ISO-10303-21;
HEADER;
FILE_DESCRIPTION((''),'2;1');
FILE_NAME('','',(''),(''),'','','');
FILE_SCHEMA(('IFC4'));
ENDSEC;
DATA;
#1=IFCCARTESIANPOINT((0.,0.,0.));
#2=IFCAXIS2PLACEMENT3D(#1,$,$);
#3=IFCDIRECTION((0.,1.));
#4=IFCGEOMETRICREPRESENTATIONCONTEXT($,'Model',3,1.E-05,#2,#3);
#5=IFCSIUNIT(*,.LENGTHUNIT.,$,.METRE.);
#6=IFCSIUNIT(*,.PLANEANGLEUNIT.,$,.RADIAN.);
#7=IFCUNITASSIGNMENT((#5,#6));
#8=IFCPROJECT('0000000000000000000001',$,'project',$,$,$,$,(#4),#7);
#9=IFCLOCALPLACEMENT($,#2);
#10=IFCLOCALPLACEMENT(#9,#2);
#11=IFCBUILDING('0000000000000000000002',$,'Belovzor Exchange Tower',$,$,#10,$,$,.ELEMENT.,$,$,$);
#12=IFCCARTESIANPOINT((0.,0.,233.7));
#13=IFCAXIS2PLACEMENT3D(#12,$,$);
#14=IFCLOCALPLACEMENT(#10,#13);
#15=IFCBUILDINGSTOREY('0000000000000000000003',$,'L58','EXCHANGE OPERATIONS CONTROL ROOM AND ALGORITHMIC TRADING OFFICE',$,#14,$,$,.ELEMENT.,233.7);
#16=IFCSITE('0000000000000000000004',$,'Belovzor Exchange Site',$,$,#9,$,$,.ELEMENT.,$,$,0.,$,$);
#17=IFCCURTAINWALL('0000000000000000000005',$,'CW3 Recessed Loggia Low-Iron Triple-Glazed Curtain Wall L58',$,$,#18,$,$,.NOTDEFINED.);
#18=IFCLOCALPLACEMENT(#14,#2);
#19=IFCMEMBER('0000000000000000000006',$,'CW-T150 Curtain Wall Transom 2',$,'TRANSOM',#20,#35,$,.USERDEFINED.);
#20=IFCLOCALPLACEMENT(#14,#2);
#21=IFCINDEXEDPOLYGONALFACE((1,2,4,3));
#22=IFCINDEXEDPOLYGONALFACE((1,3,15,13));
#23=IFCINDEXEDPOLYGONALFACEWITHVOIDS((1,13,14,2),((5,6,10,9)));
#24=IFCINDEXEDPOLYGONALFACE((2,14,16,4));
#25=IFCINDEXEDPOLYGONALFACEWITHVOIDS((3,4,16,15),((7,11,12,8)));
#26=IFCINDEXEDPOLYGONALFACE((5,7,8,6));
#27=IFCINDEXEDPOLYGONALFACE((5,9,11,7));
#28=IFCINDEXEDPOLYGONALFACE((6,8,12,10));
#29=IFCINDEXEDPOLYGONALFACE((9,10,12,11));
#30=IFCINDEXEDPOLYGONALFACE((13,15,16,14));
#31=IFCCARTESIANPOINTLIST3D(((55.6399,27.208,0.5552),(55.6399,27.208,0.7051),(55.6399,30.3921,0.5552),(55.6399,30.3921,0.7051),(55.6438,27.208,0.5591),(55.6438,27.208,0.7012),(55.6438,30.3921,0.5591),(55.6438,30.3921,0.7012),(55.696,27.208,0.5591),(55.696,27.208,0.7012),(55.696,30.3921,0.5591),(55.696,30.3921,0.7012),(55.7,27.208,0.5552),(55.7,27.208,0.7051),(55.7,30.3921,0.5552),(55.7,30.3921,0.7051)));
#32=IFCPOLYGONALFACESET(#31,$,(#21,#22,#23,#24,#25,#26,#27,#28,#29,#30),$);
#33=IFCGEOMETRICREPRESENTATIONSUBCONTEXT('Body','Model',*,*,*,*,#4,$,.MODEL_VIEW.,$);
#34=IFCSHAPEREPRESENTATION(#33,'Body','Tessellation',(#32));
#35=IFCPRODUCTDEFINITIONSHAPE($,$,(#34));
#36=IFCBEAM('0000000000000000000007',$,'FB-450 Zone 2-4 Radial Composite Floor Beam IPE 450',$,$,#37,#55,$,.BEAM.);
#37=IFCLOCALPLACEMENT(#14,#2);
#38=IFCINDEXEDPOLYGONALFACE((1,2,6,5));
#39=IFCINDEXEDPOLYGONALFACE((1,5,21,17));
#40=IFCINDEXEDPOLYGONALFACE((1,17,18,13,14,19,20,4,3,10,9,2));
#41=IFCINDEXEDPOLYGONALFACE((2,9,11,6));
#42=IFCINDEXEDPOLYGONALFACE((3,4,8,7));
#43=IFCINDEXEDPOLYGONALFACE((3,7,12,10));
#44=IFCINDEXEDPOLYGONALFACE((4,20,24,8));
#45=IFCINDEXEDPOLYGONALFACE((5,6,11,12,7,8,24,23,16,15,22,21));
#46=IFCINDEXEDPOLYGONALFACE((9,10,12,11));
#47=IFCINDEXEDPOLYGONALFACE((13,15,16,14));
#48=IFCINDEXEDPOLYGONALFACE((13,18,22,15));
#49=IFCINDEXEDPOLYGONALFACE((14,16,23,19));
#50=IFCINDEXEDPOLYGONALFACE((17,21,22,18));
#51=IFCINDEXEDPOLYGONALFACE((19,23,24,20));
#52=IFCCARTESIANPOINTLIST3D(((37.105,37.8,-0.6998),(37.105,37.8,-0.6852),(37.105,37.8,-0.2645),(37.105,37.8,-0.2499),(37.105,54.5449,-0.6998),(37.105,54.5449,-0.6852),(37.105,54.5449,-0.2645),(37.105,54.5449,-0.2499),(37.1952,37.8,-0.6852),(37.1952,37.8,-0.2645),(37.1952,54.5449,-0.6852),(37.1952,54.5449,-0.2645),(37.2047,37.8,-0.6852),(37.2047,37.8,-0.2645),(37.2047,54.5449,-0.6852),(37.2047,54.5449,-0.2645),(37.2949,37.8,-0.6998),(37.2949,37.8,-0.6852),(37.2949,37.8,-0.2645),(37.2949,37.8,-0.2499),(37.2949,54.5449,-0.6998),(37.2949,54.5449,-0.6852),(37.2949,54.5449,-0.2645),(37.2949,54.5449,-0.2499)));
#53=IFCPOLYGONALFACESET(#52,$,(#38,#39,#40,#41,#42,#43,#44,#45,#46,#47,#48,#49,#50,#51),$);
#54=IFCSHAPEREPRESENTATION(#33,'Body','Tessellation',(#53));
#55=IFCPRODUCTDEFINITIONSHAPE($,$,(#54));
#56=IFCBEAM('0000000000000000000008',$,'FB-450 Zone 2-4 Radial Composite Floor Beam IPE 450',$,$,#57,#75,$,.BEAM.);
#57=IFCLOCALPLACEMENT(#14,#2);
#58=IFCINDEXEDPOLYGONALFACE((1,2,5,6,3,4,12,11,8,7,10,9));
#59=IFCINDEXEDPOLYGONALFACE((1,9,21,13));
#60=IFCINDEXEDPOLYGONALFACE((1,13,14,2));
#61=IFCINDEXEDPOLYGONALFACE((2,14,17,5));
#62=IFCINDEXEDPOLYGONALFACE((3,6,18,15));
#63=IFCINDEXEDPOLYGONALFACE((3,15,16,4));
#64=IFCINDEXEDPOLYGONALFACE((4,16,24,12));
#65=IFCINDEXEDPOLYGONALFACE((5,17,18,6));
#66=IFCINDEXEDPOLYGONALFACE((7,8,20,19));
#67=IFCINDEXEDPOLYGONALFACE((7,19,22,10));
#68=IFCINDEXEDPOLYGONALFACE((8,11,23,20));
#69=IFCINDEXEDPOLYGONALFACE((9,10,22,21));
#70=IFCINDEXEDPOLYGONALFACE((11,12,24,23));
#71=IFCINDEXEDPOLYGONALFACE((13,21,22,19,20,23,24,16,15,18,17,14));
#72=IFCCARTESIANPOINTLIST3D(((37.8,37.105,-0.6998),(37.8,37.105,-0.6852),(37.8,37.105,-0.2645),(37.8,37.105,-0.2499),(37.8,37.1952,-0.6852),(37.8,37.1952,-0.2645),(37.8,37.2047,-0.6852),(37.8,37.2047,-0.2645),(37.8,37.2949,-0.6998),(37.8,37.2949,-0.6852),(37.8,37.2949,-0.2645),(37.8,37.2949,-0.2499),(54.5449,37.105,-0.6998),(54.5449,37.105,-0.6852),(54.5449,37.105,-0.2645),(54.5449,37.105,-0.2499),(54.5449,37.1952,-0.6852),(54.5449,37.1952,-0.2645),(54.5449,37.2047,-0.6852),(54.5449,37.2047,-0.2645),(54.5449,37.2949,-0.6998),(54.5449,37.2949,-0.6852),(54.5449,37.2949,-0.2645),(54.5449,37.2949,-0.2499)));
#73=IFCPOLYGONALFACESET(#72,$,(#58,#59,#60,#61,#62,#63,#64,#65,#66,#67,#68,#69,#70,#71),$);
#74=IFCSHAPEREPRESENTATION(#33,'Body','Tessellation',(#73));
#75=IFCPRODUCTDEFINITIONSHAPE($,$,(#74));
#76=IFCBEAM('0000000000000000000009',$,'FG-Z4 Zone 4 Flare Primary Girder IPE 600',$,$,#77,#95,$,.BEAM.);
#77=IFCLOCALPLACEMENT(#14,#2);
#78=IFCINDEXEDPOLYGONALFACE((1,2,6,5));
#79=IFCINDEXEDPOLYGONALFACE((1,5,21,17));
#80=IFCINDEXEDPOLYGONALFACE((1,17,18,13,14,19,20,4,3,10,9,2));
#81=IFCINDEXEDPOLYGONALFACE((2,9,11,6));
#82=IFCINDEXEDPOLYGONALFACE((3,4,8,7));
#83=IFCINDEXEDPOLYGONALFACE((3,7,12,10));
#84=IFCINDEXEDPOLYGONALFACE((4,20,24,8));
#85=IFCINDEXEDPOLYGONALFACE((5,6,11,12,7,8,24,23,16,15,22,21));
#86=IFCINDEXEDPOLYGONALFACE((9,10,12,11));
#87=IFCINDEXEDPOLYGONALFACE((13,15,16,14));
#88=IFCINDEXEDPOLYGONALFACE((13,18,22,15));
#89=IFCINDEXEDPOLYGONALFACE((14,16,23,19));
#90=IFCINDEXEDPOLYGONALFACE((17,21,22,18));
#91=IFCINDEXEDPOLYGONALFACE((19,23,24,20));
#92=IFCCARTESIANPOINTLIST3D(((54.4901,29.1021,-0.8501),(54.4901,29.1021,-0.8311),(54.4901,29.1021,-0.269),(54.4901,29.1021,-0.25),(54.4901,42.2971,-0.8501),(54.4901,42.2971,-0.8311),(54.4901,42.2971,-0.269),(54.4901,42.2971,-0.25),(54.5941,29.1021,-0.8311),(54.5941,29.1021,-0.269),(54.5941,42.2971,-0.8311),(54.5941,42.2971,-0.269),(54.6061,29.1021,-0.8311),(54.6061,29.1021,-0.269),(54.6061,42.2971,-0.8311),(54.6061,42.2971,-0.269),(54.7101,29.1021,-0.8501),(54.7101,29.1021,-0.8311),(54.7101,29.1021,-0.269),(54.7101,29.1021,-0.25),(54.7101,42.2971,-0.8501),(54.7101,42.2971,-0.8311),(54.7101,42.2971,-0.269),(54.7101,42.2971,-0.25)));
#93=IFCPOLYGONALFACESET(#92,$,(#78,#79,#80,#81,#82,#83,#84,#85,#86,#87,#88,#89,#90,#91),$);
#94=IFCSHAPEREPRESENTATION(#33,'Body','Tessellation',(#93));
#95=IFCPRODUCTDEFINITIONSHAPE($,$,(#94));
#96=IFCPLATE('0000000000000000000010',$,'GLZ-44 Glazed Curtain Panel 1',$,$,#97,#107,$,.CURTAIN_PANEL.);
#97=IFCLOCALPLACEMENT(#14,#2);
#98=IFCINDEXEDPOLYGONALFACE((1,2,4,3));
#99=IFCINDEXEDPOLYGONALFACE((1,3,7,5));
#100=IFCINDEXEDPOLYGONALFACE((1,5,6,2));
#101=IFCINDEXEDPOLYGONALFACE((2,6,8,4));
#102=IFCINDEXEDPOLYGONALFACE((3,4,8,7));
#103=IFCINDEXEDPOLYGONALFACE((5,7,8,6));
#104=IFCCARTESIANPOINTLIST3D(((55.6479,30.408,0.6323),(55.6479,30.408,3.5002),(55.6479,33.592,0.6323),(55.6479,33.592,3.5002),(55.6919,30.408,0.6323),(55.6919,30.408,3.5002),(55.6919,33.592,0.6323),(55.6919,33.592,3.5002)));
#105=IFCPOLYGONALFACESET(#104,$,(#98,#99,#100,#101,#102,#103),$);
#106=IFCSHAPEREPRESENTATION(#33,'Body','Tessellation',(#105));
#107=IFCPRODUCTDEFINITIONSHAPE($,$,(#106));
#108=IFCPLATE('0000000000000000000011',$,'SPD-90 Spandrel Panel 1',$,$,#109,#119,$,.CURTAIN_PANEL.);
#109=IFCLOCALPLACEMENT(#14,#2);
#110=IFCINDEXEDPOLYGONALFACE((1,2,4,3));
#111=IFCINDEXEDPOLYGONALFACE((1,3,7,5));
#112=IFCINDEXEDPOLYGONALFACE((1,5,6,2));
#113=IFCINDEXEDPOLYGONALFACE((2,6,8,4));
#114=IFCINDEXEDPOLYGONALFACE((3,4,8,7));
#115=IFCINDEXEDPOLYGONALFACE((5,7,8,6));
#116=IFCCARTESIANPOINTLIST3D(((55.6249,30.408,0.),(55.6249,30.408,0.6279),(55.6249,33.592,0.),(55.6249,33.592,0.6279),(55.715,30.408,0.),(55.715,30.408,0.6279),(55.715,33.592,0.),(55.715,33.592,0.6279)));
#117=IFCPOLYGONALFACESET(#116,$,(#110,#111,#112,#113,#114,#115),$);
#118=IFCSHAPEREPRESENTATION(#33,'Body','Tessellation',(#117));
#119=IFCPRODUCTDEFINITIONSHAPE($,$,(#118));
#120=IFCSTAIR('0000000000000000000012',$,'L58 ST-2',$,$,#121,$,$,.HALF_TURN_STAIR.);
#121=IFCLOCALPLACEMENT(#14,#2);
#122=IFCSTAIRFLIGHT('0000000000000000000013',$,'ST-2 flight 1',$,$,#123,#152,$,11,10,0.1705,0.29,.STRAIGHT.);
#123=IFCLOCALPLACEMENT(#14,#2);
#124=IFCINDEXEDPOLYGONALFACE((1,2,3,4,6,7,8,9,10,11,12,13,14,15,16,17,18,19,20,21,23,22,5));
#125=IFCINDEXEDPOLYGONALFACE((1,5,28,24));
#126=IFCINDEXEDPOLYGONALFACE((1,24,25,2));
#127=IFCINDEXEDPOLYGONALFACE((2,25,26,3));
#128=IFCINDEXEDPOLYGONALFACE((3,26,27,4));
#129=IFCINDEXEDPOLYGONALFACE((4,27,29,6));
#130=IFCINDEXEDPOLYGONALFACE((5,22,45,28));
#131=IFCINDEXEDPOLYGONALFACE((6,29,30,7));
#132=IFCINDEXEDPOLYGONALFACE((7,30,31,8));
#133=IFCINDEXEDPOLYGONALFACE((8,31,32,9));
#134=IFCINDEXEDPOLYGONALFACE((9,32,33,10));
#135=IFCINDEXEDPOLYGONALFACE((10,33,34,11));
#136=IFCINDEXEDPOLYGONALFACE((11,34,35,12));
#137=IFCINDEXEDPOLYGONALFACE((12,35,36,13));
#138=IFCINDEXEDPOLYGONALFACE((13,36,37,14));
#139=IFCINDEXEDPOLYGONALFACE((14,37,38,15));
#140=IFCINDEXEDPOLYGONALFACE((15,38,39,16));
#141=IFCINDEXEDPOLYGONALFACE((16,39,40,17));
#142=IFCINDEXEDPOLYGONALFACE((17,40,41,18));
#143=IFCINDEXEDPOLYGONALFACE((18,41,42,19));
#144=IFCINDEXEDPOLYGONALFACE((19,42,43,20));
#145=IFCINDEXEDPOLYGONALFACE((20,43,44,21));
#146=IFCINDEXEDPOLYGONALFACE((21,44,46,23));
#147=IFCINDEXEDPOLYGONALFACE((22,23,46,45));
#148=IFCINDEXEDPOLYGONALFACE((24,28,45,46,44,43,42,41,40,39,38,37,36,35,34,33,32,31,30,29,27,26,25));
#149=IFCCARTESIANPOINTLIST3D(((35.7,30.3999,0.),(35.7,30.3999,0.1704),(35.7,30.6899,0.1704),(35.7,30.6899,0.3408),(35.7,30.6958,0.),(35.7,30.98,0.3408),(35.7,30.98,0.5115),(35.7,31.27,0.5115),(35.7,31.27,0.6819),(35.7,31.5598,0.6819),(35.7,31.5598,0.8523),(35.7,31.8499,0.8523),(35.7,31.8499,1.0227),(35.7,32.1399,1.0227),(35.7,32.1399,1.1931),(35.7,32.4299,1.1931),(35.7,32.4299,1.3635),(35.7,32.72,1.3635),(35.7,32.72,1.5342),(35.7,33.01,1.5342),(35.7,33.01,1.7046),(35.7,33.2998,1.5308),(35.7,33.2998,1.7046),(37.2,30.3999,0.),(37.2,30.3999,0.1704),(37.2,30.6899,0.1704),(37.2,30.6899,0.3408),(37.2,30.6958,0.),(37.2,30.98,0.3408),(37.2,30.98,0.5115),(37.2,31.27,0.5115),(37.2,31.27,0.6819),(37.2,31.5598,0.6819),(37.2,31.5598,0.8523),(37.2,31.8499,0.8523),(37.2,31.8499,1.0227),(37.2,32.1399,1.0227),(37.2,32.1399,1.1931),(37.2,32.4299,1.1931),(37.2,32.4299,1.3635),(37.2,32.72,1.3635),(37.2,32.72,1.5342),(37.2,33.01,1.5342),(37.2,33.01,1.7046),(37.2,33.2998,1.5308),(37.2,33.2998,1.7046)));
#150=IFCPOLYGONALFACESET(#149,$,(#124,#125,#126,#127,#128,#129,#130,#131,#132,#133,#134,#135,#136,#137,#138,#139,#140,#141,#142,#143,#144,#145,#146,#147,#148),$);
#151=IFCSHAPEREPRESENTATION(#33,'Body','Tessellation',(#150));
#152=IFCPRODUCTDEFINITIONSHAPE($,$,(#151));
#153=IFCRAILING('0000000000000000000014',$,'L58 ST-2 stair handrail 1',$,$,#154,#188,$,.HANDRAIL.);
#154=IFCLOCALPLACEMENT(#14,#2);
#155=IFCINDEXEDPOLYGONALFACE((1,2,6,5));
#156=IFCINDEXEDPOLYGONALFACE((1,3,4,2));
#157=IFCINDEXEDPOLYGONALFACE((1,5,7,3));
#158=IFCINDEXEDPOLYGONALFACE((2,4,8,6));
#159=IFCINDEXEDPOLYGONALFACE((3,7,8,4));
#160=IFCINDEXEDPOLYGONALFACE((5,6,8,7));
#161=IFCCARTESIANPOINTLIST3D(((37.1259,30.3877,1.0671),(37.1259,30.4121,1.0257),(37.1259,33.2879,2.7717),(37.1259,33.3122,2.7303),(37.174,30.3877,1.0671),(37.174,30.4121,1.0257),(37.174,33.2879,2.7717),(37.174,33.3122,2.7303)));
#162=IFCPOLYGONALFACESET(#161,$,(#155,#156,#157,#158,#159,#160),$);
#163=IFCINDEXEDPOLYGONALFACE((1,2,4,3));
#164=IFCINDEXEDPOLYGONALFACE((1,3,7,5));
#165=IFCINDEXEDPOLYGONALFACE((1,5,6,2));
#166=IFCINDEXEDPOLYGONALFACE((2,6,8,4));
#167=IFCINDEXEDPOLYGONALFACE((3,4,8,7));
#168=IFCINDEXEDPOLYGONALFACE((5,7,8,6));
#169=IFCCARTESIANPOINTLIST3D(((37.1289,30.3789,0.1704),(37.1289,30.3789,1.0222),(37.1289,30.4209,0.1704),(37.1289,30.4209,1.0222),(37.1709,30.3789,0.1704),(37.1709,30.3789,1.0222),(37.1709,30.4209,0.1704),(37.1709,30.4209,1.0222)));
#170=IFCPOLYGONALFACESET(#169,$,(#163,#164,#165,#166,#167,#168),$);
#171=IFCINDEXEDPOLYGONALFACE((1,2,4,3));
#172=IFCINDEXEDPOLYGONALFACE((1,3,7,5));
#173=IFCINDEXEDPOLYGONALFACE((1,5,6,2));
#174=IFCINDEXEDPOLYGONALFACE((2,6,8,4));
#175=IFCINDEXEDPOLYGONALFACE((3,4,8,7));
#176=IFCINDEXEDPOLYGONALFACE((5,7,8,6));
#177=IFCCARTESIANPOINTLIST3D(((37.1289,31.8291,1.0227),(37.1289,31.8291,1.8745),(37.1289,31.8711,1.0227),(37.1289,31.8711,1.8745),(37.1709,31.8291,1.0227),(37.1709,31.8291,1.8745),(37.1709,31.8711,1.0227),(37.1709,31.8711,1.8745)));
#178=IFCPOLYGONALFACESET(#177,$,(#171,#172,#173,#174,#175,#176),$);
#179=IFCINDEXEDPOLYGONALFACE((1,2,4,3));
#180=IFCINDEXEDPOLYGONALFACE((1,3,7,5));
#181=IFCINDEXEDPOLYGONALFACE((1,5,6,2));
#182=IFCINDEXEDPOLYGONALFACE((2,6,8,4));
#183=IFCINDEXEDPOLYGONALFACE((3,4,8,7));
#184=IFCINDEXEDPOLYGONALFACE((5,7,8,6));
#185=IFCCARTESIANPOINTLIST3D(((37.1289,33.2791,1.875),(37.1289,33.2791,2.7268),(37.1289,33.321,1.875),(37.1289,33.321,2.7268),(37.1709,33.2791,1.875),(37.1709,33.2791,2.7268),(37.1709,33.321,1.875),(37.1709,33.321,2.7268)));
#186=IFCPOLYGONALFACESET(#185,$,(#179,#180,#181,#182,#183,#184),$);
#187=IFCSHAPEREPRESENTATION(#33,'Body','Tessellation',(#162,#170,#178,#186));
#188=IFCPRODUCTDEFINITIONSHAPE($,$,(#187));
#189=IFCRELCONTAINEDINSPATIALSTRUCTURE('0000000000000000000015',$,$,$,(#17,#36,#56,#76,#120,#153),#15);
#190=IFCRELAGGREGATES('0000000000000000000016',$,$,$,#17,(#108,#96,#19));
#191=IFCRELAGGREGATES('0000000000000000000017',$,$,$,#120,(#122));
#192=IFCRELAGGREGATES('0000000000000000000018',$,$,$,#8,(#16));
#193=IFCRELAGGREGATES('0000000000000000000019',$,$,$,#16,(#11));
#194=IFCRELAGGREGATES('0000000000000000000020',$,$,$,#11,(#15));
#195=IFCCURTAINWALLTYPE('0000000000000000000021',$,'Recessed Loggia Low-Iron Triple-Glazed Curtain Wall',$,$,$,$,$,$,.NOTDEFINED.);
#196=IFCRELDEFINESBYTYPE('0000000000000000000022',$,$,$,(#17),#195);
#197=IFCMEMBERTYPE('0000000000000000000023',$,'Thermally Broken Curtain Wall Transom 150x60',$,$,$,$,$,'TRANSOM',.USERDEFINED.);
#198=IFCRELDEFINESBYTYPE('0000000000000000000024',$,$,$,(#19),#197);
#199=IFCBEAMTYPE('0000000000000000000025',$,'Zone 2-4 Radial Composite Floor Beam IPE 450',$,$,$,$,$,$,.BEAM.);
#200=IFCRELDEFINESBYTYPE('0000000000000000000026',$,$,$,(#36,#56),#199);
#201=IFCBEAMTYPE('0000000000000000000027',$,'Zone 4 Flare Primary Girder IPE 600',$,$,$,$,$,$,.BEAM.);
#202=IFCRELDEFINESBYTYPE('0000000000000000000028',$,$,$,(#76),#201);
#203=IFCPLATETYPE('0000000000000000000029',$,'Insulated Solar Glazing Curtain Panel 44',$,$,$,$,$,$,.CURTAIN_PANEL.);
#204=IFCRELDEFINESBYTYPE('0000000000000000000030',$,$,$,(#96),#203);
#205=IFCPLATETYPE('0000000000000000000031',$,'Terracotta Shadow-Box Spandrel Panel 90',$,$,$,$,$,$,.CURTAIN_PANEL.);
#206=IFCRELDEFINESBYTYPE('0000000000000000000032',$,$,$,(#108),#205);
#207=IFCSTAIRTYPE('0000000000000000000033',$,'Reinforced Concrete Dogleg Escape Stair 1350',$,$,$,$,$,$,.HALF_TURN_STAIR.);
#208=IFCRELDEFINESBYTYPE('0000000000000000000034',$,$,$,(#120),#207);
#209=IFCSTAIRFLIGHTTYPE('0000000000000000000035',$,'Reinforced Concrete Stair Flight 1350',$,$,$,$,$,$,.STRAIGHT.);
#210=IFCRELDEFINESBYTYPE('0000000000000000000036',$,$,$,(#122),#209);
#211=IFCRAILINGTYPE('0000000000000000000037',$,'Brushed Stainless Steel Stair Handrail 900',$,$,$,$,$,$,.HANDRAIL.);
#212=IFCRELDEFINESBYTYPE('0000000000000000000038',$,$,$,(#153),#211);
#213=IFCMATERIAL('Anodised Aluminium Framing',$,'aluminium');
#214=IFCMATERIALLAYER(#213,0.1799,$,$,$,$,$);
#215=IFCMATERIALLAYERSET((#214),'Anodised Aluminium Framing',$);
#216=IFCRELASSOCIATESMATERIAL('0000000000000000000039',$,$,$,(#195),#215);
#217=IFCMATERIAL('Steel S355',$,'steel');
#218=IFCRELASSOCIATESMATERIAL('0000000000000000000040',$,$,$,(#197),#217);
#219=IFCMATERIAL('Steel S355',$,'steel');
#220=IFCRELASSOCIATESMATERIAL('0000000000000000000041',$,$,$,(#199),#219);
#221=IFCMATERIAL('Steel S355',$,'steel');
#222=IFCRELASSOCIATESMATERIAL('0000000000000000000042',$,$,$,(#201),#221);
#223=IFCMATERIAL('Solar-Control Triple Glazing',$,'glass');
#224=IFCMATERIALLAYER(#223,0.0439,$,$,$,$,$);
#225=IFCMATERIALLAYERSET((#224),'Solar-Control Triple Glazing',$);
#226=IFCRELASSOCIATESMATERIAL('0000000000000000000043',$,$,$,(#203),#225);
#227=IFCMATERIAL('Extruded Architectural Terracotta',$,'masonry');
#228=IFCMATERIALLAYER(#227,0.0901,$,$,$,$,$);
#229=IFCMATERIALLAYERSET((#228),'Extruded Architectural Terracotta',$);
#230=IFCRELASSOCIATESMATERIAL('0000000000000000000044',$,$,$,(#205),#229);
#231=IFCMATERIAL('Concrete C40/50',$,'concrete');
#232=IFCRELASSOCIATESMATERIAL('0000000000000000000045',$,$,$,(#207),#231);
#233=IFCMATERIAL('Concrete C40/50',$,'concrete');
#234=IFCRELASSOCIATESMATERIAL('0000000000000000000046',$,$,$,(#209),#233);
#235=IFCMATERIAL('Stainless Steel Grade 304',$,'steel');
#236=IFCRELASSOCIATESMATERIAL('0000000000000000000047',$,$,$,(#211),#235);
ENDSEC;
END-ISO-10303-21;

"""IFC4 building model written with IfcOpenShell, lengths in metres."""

from ifc_helpers import new_model, si_unit, direction, frame, origin, origin_2d, place, context, subcontext, project, spatial, polyline, rectangle, hollow_rectangle, i_section, outline, extrude, material, layer, layer_set, material_profile, profile_set, type_object, element, aggregate, save


model = new_model("IFC4")

# Units and contexts
model_context = context("Model", 3, precision=1e-05, world=origin(), true_north=direction((0.0, 1.0)))
body_context = subcontext(model_context, "Body", "Model", "MODEL_VIEW")
ifc_project = project(units=[si_unit("LENGTHUNIT", "METRE"), si_unit("PLANEANGLEUNIT", "RADIAN")], contexts=[model_context])

# Site, building, storey
site_placement = place(None, origin())
site = spatial("IfcSite", under=ifc_project, at=site_placement, Name="Belovzor Exchange Site", CompositionType="ELEMENT", RefElevation=0.0)
building_placement = place(site_placement, origin())
building = spatial("IfcBuilding", under=site, at=building_placement, Name="Belovzor Exchange Tower", CompositionType="ELEMENT")
storey_placement = place(building_placement, frame((0.0, 0.0, 233.7)))
storey = spatial("IfcBuildingStorey", under=building, at=storey_placement, Name="L58", Description="EXCHANGE OPERATIONS CONTROL ROOM AND ALGORITHMIC TRADING OFFICE", CompositionType="ELEMENT", Elevation=233.7)

# Curtain wall, member
ifc_material_1 = material(Name="Anodised Aluminium Framing", Category="aluminium")
ifc_layer_1 = layer(ifc_material_1, 0.1799)
ifc_layer_set_1 = layer_set([ifc_layer_1], Name="Anodised Aluminium Framing")
curtain_wall_type = type_object("IfcCurtainWallType", Name="Recessed Loggia Low-Iron Triple-Glazed Curtain Wall", PredefinedType="NOTDEFINED", material=ifc_layer_set_1)
curtain_wall_placement = place(storey_placement, origin())
curtain_wall = element("IfcCurtainWall", 1, at=curtain_wall_placement, inside=storey, type_object=curtain_wall_type, Name="CW3 Recessed Loggia Low-Iron Triple-Glazed Curtain Wall L58", PredefinedType="NOTDEFINED")
ifc_material_2 = material(Name="Steel S355", Category="steel")
ifc_material_profile_1 = material_profile(ifc_material_2, hollow_rectangle(XDim=0.0601, YDim=0.1499, WallThickness=0.0039, at=origin_2d()))
ifc_profile_set_1 = profile_set([ifc_material_profile_1], Name="Steel S355")
member_type_1 = type_object("IfcMemberType", Name="Thermally Broken Curtain Wall Transom 150x60", ElementType="TRANSOM", PredefinedType="USERDEFINED", material=ifc_profile_set_1)
member_1_placement = place(storey_placement, frame((55.6699, 30.3921, 0.6301), z_axis=(0.0, -1.0, 0.0), x_axis=(1.0, 0.0, 0.0)))
member_1 = element("IfcMember", 2, at=member_1_placement, type_object=member_type_1, Name="CW-T150 Curtain Wall Transom 2", ObjectType="TRANSOM", PredefinedType="USERDEFINED", context=body_context, shape_type="SweptSolid", body=[
    extrude(hollow_rectangle(XDim=0.0601, YDim=0.1499, WallThickness=0.0039, at=origin_2d()), origin(), (0.0, 0.0, 1.0), 3.1841),
])

# Beams
ifc_material_3 = material(Name="Steel S355", Category="steel")
ifc_material_profile_2 = material_profile(ifc_material_3, i_section(OverallWidth=0.1899, OverallDepth=0.45, WebThickness=0.0095, FlangeThickness=0.0146, at=origin_2d()))
ifc_profile_set_2 = profile_set([ifc_material_profile_2], Name="Steel S355")
beam_type_1 = type_object("IfcBeamType", Name="Zone 2-4 Radial Composite Floor Beam IPE 450", PredefinedType="BEAM", material=ifc_profile_set_2)
for number, where, z_axis, x_axis, name in (
    (3, (37.2, 37.8, -0.4749), (0.0, 1.0, 0.0), (-1.0, 0.0, 0.0), "FB-450 Zone 2-4 Radial Composite Floor Beam IPE 450"),
    (4, (37.8, 37.2, -0.4749), (1.0, 0.0, 0.0), (0.0, 1.0, 0.0), "FB-450 Zone 2-4 Radial Composite Floor Beam IPE 450"),
):
    element("IfcBeam", number, at=place(storey_placement, frame(where, z_axis=z_axis, x_axis=x_axis)), inside=storey, type_object=beam_type_1, Name=name, PredefinedType="BEAM", context=body_context, shape_type="SweptSolid", body=[
        extrude(i_section(OverallWidth=0.1899, OverallDepth=0.45, WebThickness=0.0095, FlangeThickness=0.0146, at=origin_2d()), origin(), (0.0, 0.0, 1.0), 16.7449),
    ])
ifc_material_4 = material(Name="Steel S355", Category="steel")
ifc_material_profile_3 = material_profile(ifc_material_4, i_section(OverallWidth=0.22, OverallDepth=0.6001, WebThickness=0.012, FlangeThickness=0.019, at=origin_2d()))
ifc_profile_set_3 = profile_set([ifc_material_profile_3], Name="Steel S355")
beam_type_2 = type_object("IfcBeamType", Name="Zone 4 Flare Primary Girder IPE 600", PredefinedType="BEAM", material=ifc_profile_set_3)
beam_1_placement = place(storey_placement, frame((54.6001, 29.1021, -0.55), z_axis=(0.0, 1.0, 0.0), x_axis=(-1.0, 0.0, 0.0)))
element("IfcBeam", 5, at=beam_1_placement, inside=storey, type_object=beam_type_2, Name="FG-Z4 Zone 4 Flare Primary Girder IPE 600", PredefinedType="BEAM", context=body_context, shape_type="SweptSolid", body=[
    extrude(i_section(OverallWidth=0.22, OverallDepth=0.6001, WebThickness=0.012, FlangeThickness=0.019, at=origin_2d()), origin(), (0.0, 0.0, 1.0), 13.1951),
])

# Plates
ifc_material_5 = material(Name="Solar-Control Triple Glazing", Category="glass")
ifc_layer_2 = layer(ifc_material_5, 0.0439)
ifc_layer_set_2 = layer_set([ifc_layer_2], Name="Solar-Control Triple Glazing")
plate_type_1 = type_object("IfcPlateType", Name="Insulated Solar Glazing Curtain Panel 44", PredefinedType="CURTAIN_PANEL", material=ifc_layer_set_2)
plate_1_placement = place(storey_placement, frame((55.6699, 32.0, 0.6323), z_axis=(0.0, 0.0, 1.0), x_axis=(0.0, -1.0, 0.0)))
plate_1 = element("IfcPlate", 6, at=plate_1_placement, type_object=plate_type_1, Name="GLZ-44 Glazed Curtain Panel 1", PredefinedType="CURTAIN_PANEL", context=body_context, shape_type="SweptSolid", body=[
    extrude(rectangle(XDim=3.1841, YDim=0.0439, at=origin_2d()), origin(), (0.0, 0.0, 1.0), 2.8679),
])
ifc_material_6 = material(Name="Extruded Architectural Terracotta", Category="masonry")
ifc_layer_3 = layer(ifc_material_6, 0.0901)
ifc_layer_set_3 = layer_set([ifc_layer_3], Name="Extruded Architectural Terracotta")
plate_type_2 = type_object("IfcPlateType", Name="Terracotta Shadow-Box Spandrel Panel 90", PredefinedType="CURTAIN_PANEL", material=ifc_layer_set_3)
plate_2_placement = place(storey_placement, frame((55.6699, 32.0, 0.0), z_axis=(0.0, 0.0, 1.0), x_axis=(0.0, -1.0, 0.0)))
plate_2 = element("IfcPlate", 7, at=plate_2_placement, type_object=plate_type_2, Name="SPD-90 Spandrel Panel 1", PredefinedType="CURTAIN_PANEL", context=body_context, shape_type="SweptSolid", body=[
    extrude(rectangle(XDim=3.1841, YDim=0.0901, at=origin_2d()), origin(), (0.0, 0.0, 1.0), 0.6279),
])
aggregate(curtain_wall, [plate_2, plate_1, member_1])

# Stair, stair flight
ifc_material_7 = material(Name="Concrete C40/50", Category="concrete")
stair_type = type_object("IfcStairType", Name="Reinforced Concrete Dogleg Escape Stair 1350", PredefinedType="HALF_TURN_STAIR", material=ifc_material_7)
stair_placement = place(storey_placement, origin())
stair = element("IfcStair", 8, at=stair_placement, inside=storey, type_object=stair_type, Name="L58 ST-2", PredefinedType="HALF_TURN_STAIR")
ifc_material_8 = material(Name="Concrete C40/50", Category="concrete")
stair_flight_type = type_object("IfcStairFlightType", Name="Reinforced Concrete Stair Flight 1350", PredefinedType="STRAIGHT", material=ifc_material_8)
stair_flight_placement = place(storey_placement, frame((36.45, 30.3999, 0.0), z_axis=(0.0, 0.0, 1.0), x_axis=(0.0, 1.0, 0.0)))
stair_flight = element("IfcStairFlight", 9, at=stair_flight_placement, type_object=stair_flight_type, Name="ST-2 flight 1", NumberOfRisers=11, NumberOfTreads=10, PredefinedType="STRAIGHT", RiserHeight=0.1705, TreadLength=0.29, context=body_context, shape_type="SweptSolid", body=[
    extrude(outline(polyline([(0.0, 0.0), (0.0, 0.1704), (0.29, 0.1704), (0.29, 0.3408), (0.5801, 0.3408), (0.5801, 0.5115), (0.8701, 0.5115), (0.8701, 0.6819), (1.1599, 0.6819), (1.1599, 0.8523), (1.45, 0.8523), (1.45, 1.0227), (1.74, 1.0227), (1.74, 1.1931), (2.03, 1.1931), (2.03, 1.3635), (2.3201, 1.3635), (2.3201, 1.5342), (2.6101, 1.5342), (2.6101, 1.7046), (2.8999, 1.7046), (2.8999, 1.875), (2.8999, 1.5308), (0.2959, 0.0), (0.0, 0.0)])), frame((0.0, 0.75, 0.0), z_axis=(0.0, -1.0, 0.0), x_axis=(1.0, 0.0, 0.0)), (0.0, 0.0, 1.0), 1.5),
])
aggregate(stair, [stair_flight])

# Railing
ifc_material_9 = material(Name="Stainless Steel Grade 304", Category="steel")
railing_type_1 = type_object("IfcRailingType", Name="Brushed Stainless Steel Stair Handrail 900", PredefinedType="HANDRAIL", material=ifc_material_9)
railing_1_placement = place(storey_placement, frame((37.1499, 30.3999, 0.1704)))
element("IfcRailing", 10, at=railing_1_placement, inside=storey, type_object=railing_type_1, Name="L58 ST-2 stair handrail 1", PredefinedType="HANDRAIL", context=body_context, shape_type="SweptSolid", body=[
    extrude(rectangle(XDim=0.0481, YDim=0.0481, at=origin_2d()), frame((0.0, 0.0, 0.876), z_axis=(0.0, 0.862113, 0.506716), x_axis=(-1.0, 0.0, 0.0)), (0.0, 0.0, 1.0), 3.364),
    extrude(rectangle(XDim=0.042, YDim=0.042, at=origin_2d()), origin(), (0.0, 0.0, 1.0), 0.8518),
    extrude(rectangle(XDim=0.042, YDim=0.042, at=origin_2d()), frame((0.0, 1.4502, 0.8523)), (0.0, 0.0, 1.0), 0.8518),
    extrude(rectangle(XDim=0.042, YDim=0.042, at=origin_2d()), frame((0.0, 2.9001, 1.7046)), (0.0, 0.0, 1.0), 0.8518),
])

save(model, "model.ifc")
